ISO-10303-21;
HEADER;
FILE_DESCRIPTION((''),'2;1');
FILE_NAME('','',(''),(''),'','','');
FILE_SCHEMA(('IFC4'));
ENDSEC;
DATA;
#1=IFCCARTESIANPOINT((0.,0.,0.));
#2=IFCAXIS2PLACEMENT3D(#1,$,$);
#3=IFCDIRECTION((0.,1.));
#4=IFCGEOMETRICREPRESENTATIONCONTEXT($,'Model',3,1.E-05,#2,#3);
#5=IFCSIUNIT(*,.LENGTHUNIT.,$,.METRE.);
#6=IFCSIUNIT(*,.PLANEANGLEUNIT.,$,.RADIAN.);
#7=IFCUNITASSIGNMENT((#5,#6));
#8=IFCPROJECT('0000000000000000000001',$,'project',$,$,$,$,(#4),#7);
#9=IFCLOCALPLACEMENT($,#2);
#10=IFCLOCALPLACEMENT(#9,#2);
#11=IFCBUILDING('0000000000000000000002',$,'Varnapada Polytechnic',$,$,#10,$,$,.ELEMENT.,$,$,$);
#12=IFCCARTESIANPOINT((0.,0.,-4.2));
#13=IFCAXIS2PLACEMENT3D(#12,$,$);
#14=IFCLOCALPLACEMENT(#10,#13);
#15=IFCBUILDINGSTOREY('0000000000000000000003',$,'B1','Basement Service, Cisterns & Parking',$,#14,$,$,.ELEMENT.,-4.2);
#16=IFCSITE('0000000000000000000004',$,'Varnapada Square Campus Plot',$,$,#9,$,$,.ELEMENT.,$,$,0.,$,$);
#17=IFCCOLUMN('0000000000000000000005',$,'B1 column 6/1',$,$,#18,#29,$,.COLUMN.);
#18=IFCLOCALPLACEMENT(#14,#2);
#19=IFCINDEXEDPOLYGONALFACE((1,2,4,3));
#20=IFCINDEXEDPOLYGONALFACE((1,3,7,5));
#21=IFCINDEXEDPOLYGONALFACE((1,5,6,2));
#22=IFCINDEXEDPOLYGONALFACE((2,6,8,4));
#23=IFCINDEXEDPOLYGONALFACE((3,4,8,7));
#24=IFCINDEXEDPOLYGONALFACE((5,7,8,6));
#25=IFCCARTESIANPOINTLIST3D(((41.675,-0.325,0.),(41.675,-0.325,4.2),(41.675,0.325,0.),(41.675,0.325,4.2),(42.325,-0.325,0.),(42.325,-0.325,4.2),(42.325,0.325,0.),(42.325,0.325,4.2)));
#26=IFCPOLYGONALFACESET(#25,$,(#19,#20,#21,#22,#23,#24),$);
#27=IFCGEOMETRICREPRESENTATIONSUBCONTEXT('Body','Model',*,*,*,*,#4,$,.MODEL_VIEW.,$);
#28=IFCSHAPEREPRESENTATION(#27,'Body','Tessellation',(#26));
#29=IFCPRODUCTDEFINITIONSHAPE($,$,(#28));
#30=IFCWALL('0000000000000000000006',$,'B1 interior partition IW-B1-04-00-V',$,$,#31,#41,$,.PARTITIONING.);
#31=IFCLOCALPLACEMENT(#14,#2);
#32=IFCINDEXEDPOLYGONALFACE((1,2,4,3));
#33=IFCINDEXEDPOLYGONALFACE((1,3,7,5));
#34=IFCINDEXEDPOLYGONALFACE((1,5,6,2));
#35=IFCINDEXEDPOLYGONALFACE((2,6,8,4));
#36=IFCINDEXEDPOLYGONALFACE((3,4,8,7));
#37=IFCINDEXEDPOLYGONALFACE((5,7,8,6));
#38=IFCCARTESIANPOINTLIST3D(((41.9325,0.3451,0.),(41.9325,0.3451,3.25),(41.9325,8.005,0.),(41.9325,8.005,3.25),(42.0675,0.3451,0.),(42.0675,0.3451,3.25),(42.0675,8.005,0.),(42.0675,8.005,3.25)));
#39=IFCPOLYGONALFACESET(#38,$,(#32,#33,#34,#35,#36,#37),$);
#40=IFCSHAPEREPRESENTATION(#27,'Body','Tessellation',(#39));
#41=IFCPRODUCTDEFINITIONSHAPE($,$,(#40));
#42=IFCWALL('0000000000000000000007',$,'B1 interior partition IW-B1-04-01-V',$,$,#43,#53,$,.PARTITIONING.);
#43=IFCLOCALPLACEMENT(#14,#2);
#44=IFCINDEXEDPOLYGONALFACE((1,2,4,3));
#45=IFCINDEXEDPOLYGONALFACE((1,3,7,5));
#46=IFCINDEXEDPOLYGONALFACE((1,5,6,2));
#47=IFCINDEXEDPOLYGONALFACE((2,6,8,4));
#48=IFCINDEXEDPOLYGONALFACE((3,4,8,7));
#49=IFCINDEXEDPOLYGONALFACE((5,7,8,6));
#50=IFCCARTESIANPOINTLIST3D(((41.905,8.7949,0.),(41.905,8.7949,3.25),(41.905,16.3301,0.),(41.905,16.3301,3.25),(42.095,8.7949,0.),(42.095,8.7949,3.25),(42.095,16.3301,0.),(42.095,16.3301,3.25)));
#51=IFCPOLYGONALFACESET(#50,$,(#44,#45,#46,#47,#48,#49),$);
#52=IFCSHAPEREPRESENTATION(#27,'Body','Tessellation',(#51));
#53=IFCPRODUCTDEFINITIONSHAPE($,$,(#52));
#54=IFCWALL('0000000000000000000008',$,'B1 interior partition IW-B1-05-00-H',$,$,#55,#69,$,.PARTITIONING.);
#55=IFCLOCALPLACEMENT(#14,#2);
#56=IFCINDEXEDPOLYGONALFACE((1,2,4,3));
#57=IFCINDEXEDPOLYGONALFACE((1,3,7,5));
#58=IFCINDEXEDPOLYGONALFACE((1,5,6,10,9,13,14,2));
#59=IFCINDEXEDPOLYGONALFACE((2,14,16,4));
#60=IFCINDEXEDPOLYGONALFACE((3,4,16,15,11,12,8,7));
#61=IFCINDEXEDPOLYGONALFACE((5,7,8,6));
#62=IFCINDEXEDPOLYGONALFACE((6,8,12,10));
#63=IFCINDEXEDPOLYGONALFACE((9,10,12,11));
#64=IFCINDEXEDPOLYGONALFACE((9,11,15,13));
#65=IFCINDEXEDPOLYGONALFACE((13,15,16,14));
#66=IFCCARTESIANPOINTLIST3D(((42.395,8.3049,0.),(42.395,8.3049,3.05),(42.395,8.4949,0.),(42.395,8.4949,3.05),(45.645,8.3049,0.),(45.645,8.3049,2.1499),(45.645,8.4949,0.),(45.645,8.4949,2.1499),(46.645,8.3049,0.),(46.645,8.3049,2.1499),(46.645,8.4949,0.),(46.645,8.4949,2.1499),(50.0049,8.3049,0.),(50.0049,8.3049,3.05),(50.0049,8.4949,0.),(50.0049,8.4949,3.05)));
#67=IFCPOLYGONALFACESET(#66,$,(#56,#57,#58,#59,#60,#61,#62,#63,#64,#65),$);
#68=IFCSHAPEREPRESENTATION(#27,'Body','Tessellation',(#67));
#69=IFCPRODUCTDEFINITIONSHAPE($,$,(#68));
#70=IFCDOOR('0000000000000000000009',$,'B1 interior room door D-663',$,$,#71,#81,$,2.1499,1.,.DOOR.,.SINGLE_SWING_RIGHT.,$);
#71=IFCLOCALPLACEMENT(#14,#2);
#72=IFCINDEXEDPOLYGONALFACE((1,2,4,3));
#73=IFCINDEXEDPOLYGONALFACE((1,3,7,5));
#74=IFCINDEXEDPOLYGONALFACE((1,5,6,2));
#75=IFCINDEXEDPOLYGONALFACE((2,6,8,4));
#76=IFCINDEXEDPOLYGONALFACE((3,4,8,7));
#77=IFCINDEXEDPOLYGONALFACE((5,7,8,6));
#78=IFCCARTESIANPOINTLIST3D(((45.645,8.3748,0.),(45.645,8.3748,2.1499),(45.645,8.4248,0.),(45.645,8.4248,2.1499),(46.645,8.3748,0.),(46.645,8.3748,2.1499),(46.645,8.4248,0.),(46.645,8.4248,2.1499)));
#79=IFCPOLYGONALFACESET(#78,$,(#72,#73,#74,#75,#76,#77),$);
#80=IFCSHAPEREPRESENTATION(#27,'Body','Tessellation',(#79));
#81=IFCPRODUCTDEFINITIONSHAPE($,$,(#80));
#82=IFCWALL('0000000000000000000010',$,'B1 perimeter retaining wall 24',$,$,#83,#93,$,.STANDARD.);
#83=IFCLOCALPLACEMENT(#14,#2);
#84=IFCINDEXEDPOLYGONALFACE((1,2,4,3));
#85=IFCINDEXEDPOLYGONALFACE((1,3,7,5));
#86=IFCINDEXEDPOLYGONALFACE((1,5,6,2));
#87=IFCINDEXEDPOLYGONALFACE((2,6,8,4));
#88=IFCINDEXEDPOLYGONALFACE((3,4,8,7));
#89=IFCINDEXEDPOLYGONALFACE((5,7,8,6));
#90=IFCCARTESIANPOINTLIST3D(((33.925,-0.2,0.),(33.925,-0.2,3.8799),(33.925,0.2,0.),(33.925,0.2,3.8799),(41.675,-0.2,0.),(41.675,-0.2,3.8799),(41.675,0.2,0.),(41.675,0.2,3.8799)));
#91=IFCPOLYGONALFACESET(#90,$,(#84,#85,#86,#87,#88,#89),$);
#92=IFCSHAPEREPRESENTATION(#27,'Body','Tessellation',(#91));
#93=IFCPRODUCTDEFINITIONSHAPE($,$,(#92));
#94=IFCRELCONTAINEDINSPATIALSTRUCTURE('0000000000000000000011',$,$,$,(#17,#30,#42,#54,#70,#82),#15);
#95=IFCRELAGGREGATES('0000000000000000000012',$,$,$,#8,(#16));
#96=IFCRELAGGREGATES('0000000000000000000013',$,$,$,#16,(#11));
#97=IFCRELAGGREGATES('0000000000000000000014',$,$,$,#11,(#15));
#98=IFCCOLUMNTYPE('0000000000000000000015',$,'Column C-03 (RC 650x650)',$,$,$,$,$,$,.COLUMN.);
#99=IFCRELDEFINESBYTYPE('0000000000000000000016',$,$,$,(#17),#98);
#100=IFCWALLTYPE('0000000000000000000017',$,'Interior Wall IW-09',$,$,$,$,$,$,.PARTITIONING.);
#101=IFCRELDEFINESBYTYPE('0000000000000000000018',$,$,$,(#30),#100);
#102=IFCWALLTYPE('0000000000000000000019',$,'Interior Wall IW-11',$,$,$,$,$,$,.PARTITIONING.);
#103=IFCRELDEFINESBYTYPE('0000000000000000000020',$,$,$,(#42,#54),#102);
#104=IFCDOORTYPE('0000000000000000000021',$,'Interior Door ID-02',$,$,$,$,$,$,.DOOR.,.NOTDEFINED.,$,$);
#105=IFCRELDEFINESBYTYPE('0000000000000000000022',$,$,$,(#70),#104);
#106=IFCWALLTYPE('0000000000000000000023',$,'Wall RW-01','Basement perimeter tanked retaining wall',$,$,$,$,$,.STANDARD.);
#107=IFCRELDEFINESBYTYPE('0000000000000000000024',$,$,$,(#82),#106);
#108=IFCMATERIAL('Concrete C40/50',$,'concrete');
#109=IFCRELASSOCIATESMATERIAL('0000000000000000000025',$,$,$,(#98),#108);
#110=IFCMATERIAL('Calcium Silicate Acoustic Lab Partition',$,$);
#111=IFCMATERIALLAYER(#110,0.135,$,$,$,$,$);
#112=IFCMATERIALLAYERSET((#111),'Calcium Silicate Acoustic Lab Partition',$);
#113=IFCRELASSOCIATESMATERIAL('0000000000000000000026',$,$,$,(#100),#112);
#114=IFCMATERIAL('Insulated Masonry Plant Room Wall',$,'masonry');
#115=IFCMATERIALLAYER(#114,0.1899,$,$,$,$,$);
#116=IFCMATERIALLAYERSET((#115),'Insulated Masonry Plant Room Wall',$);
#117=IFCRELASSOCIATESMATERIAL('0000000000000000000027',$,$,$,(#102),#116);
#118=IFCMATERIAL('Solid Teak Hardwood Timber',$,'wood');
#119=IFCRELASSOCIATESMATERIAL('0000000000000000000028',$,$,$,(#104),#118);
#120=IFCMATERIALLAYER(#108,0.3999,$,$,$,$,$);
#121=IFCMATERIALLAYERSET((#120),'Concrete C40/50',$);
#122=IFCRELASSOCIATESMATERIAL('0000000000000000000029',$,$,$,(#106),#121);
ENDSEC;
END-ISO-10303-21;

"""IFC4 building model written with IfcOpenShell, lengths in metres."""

from ifc_helpers import new_model, si_unit, direction, frame, frame_2d, origin, origin_2d, place, context, subcontext, project, spatial, rectangle, extrude, material, layer, layer_set, material_profile, profile_set, type_object, element, fill, save


model = new_model("IFC4")

# Units and contexts
model_context = context("Model", 3, precision=1e-05, world=origin(), true_north=direction((0.0, 1.0)))
body_context = subcontext(model_context, "Body", "Model", "MODEL_VIEW")
ifc_project = project(units=[si_unit("LENGTHUNIT", "METRE"), si_unit("PLANEANGLEUNIT", "RADIAN")], contexts=[model_context])

# Site, building, storey
site_placement = place(None, origin())
site = spatial("IfcSite", under=ifc_project, at=site_placement, Name="Varnapada Square Campus Plot", CompositionType="ELEMENT", RefElevation=0.0)
building_placement = place(site_placement, origin())
building = spatial("IfcBuilding", under=site, at=building_placement, Name="Varnapada Polytechnic", CompositionType="ELEMENT")
storey_placement = place(building_placement, frame((0.0, 0.0, -4.2)))
storey = spatial("IfcBuildingStorey", under=building, at=storey_placement, Name="B1", Description="Basement Service, Cisterns & Parking", CompositionType="ELEMENT", Elevation=-4.2)

# Shared definitions
ifc_material_1 = material(Name="Concrete C40/50", Category="concrete")

# Column
ifc_material_profile_1 = material_profile(ifc_material_1, rectangle(XDim=0.6499, YDim=0.6499, at=origin_2d()), Name="RC 650x650")
ifc_profile_set_1 = profile_set([ifc_material_profile_1], Name="Concrete C40/50")
column_type_1 = type_object("IfcColumnType", Name="Column C-03 (RC 650x650)", PredefinedType="COLUMN", material=ifc_profile_set_1)
column_1_placement = place(storey_placement, frame((42.0, 0.0, 0.0), z_axis=(0.0, 0.0, 1.0), x_axis=(1.0, 0.0, 0.0)))
element("IfcColumn", 1, at=column_1_placement, inside=storey, type_object=column_type_1, Name="B1 column 6/1", PredefinedType="COLUMN", context=body_context, shape_type="SweptSolid", body=[
    extrude(rectangle(XDim=0.6499, YDim=0.6499, at=origin_2d()), origin(), (0.0, 0.0, 1.0), 4.2),
])

# Walls
ifc_material_2 = material(Name="Calcium Silicate Acoustic Lab Partition")
ifc_layer_1 = layer(ifc_material_2, 0.135)
ifc_layer_set_1 = layer_set([ifc_layer_1], Name="Calcium Silicate Acoustic Lab Partition")
wall_type_1 = type_object("IfcWallType", Name="Interior Wall IW-09", PredefinedType="PARTITIONING", material=ifc_layer_set_1)
wall_1_placement = place(storey_placement, frame((42.0, 0.345, 0.0), z_axis=(0.0, 0.0, 1.0), x_axis=(0.0, 1.0, 0.0)))
element("IfcWall", 2, at=wall_1_placement, inside=storey, type_object=wall_type_1, Name="B1 interior partition IW-B1-04-00-V", PredefinedType="PARTITIONING", context=body_context, shape_type="SweptSolid", body=[
    extrude(rectangle(XDim=7.6599, YDim=0.135, at=frame_2d((3.8301, 0.0))), origin(), (0.0, 0.0, 1.0), 3.25),
])
ifc_material_3 = material(Name="Insulated Masonry Plant Room Wall", Category="masonry")
ifc_layer_2 = layer(ifc_material_3, 0.1899)
ifc_layer_set_2 = layer_set([ifc_layer_2], Name="Insulated Masonry Plant Room Wall")
wall_type_2 = type_object("IfcWallType", Name="Interior Wall IW-11", PredefinedType="PARTITIONING", material=ifc_layer_set_2)
wall_2_placement = place(storey_placement, frame((42.0, 8.7949, 0.0), z_axis=(0.0, 0.0, 1.0), x_axis=(0.0, 1.0, 0.0)))
element("IfcWall", 3, at=wall_2_placement, inside=storey, type_object=wall_type_2, Name="B1 interior partition IW-B1-04-01-V", PredefinedType="PARTITIONING", context=body_context, shape_type="SweptSolid", body=[
    extrude(rectangle(XDim=7.5352, YDim=0.1899, at=frame_2d((3.7676, 0.0))), origin(), (0.0, 0.0, 1.0), 3.25),
])

# Wall, opening, door
wall_3_placement = place(storey_placement, frame((42.395, 8.3999, 0.0), z_axis=(0.0, 0.0, 1.0), x_axis=(1.0, 0.0, 0.0)))
wall_3 = element("IfcWall", 4, at=wall_3_placement, inside=storey, type_object=wall_type_2, Name="B1 interior partition IW-B1-05-00-H", PredefinedType="PARTITIONING", context=body_context, shape_type="SweptSolid", body=[
    extrude(rectangle(XDim=7.6099, YDim=0.1899, at=frame_2d((3.8049, 0.0))), origin(), (0.0, 0.0, 1.0), 3.05),
])
opening_placement = place(wall_3_placement, frame((3.25, 0.0, 0.0)))
opening = element("IfcOpeningElement", 5, at=opening_placement, cuts=wall_3, PredefinedType="OPENING", context=body_context, shape_type="SweptSolid", body=[
    extrude(rectangle(XDim=1.0, YDim=2.1499, at=frame_2d((0.5, 1.075))), frame((0.0, 0.105, 0.0), z_axis=(0.0, -1.0, 0.0), x_axis=(1.0, 0.0, 0.0)), (0.0, 0.0, 1.0), 0.21),
])
ifc_material_4 = material(Name="Solid Teak Hardwood Timber", Category="wood")
door_type = type_object("IfcDoorType", Name="Interior Door ID-02", OperationType="NOTDEFINED", PredefinedType="DOOR", material=ifc_material_4)
door_placement = place(opening_placement, origin())
door = element("IfcDoor", 6, at=door_placement, inside=storey, type_object=door_type, Name="B1 interior room door D-663", OperationType="SINGLE_SWING_RIGHT", OverallHeight=2.1499, OverallWidth=1.0, PredefinedType="DOOR", context=body_context, shape_type="SweptSolid", body=[
    extrude(rectangle(XDim=1.0, YDim=2.1499, at=frame_2d((0.5, 1.075))), frame((0.0, 0.0249, 0.0), z_axis=(0.0, -1.0, 0.0), x_axis=(1.0, 0.0, 0.0)), (0.0, 0.0, 1.0), 0.05),
])
fill(opening, door)

# Wall
ifc_layer_3 = layer(ifc_material_1, 0.3999)
ifc_layer_set_3 = layer_set([ifc_layer_3], Name="Concrete C40/50")
wall_type_3 = type_object("IfcWallType", Name="Wall RW-01", Description="Basement perimeter tanked retaining wall", PredefinedType="STANDARD", material=ifc_layer_set_3)
wall_4_placement = place(storey_placement, frame((41.675, 0.0, 0.0), z_axis=(0.0, 0.0, 1.0), x_axis=(-1.0, 0.0, 0.0)))
element("IfcWall", 7, at=wall_4_placement, inside=storey, type_object=wall_type_3, Name="B1 perimeter retaining wall 24", PredefinedType="STANDARD", context=body_context, shape_type="SweptSolid", body=[
    extrude(rectangle(XDim=7.75, YDim=0.3999, at=frame_2d((3.875, 0.0))), origin(), (0.0, 0.0, 1.0), 3.8799),
])

save(model, "model.ifc")
